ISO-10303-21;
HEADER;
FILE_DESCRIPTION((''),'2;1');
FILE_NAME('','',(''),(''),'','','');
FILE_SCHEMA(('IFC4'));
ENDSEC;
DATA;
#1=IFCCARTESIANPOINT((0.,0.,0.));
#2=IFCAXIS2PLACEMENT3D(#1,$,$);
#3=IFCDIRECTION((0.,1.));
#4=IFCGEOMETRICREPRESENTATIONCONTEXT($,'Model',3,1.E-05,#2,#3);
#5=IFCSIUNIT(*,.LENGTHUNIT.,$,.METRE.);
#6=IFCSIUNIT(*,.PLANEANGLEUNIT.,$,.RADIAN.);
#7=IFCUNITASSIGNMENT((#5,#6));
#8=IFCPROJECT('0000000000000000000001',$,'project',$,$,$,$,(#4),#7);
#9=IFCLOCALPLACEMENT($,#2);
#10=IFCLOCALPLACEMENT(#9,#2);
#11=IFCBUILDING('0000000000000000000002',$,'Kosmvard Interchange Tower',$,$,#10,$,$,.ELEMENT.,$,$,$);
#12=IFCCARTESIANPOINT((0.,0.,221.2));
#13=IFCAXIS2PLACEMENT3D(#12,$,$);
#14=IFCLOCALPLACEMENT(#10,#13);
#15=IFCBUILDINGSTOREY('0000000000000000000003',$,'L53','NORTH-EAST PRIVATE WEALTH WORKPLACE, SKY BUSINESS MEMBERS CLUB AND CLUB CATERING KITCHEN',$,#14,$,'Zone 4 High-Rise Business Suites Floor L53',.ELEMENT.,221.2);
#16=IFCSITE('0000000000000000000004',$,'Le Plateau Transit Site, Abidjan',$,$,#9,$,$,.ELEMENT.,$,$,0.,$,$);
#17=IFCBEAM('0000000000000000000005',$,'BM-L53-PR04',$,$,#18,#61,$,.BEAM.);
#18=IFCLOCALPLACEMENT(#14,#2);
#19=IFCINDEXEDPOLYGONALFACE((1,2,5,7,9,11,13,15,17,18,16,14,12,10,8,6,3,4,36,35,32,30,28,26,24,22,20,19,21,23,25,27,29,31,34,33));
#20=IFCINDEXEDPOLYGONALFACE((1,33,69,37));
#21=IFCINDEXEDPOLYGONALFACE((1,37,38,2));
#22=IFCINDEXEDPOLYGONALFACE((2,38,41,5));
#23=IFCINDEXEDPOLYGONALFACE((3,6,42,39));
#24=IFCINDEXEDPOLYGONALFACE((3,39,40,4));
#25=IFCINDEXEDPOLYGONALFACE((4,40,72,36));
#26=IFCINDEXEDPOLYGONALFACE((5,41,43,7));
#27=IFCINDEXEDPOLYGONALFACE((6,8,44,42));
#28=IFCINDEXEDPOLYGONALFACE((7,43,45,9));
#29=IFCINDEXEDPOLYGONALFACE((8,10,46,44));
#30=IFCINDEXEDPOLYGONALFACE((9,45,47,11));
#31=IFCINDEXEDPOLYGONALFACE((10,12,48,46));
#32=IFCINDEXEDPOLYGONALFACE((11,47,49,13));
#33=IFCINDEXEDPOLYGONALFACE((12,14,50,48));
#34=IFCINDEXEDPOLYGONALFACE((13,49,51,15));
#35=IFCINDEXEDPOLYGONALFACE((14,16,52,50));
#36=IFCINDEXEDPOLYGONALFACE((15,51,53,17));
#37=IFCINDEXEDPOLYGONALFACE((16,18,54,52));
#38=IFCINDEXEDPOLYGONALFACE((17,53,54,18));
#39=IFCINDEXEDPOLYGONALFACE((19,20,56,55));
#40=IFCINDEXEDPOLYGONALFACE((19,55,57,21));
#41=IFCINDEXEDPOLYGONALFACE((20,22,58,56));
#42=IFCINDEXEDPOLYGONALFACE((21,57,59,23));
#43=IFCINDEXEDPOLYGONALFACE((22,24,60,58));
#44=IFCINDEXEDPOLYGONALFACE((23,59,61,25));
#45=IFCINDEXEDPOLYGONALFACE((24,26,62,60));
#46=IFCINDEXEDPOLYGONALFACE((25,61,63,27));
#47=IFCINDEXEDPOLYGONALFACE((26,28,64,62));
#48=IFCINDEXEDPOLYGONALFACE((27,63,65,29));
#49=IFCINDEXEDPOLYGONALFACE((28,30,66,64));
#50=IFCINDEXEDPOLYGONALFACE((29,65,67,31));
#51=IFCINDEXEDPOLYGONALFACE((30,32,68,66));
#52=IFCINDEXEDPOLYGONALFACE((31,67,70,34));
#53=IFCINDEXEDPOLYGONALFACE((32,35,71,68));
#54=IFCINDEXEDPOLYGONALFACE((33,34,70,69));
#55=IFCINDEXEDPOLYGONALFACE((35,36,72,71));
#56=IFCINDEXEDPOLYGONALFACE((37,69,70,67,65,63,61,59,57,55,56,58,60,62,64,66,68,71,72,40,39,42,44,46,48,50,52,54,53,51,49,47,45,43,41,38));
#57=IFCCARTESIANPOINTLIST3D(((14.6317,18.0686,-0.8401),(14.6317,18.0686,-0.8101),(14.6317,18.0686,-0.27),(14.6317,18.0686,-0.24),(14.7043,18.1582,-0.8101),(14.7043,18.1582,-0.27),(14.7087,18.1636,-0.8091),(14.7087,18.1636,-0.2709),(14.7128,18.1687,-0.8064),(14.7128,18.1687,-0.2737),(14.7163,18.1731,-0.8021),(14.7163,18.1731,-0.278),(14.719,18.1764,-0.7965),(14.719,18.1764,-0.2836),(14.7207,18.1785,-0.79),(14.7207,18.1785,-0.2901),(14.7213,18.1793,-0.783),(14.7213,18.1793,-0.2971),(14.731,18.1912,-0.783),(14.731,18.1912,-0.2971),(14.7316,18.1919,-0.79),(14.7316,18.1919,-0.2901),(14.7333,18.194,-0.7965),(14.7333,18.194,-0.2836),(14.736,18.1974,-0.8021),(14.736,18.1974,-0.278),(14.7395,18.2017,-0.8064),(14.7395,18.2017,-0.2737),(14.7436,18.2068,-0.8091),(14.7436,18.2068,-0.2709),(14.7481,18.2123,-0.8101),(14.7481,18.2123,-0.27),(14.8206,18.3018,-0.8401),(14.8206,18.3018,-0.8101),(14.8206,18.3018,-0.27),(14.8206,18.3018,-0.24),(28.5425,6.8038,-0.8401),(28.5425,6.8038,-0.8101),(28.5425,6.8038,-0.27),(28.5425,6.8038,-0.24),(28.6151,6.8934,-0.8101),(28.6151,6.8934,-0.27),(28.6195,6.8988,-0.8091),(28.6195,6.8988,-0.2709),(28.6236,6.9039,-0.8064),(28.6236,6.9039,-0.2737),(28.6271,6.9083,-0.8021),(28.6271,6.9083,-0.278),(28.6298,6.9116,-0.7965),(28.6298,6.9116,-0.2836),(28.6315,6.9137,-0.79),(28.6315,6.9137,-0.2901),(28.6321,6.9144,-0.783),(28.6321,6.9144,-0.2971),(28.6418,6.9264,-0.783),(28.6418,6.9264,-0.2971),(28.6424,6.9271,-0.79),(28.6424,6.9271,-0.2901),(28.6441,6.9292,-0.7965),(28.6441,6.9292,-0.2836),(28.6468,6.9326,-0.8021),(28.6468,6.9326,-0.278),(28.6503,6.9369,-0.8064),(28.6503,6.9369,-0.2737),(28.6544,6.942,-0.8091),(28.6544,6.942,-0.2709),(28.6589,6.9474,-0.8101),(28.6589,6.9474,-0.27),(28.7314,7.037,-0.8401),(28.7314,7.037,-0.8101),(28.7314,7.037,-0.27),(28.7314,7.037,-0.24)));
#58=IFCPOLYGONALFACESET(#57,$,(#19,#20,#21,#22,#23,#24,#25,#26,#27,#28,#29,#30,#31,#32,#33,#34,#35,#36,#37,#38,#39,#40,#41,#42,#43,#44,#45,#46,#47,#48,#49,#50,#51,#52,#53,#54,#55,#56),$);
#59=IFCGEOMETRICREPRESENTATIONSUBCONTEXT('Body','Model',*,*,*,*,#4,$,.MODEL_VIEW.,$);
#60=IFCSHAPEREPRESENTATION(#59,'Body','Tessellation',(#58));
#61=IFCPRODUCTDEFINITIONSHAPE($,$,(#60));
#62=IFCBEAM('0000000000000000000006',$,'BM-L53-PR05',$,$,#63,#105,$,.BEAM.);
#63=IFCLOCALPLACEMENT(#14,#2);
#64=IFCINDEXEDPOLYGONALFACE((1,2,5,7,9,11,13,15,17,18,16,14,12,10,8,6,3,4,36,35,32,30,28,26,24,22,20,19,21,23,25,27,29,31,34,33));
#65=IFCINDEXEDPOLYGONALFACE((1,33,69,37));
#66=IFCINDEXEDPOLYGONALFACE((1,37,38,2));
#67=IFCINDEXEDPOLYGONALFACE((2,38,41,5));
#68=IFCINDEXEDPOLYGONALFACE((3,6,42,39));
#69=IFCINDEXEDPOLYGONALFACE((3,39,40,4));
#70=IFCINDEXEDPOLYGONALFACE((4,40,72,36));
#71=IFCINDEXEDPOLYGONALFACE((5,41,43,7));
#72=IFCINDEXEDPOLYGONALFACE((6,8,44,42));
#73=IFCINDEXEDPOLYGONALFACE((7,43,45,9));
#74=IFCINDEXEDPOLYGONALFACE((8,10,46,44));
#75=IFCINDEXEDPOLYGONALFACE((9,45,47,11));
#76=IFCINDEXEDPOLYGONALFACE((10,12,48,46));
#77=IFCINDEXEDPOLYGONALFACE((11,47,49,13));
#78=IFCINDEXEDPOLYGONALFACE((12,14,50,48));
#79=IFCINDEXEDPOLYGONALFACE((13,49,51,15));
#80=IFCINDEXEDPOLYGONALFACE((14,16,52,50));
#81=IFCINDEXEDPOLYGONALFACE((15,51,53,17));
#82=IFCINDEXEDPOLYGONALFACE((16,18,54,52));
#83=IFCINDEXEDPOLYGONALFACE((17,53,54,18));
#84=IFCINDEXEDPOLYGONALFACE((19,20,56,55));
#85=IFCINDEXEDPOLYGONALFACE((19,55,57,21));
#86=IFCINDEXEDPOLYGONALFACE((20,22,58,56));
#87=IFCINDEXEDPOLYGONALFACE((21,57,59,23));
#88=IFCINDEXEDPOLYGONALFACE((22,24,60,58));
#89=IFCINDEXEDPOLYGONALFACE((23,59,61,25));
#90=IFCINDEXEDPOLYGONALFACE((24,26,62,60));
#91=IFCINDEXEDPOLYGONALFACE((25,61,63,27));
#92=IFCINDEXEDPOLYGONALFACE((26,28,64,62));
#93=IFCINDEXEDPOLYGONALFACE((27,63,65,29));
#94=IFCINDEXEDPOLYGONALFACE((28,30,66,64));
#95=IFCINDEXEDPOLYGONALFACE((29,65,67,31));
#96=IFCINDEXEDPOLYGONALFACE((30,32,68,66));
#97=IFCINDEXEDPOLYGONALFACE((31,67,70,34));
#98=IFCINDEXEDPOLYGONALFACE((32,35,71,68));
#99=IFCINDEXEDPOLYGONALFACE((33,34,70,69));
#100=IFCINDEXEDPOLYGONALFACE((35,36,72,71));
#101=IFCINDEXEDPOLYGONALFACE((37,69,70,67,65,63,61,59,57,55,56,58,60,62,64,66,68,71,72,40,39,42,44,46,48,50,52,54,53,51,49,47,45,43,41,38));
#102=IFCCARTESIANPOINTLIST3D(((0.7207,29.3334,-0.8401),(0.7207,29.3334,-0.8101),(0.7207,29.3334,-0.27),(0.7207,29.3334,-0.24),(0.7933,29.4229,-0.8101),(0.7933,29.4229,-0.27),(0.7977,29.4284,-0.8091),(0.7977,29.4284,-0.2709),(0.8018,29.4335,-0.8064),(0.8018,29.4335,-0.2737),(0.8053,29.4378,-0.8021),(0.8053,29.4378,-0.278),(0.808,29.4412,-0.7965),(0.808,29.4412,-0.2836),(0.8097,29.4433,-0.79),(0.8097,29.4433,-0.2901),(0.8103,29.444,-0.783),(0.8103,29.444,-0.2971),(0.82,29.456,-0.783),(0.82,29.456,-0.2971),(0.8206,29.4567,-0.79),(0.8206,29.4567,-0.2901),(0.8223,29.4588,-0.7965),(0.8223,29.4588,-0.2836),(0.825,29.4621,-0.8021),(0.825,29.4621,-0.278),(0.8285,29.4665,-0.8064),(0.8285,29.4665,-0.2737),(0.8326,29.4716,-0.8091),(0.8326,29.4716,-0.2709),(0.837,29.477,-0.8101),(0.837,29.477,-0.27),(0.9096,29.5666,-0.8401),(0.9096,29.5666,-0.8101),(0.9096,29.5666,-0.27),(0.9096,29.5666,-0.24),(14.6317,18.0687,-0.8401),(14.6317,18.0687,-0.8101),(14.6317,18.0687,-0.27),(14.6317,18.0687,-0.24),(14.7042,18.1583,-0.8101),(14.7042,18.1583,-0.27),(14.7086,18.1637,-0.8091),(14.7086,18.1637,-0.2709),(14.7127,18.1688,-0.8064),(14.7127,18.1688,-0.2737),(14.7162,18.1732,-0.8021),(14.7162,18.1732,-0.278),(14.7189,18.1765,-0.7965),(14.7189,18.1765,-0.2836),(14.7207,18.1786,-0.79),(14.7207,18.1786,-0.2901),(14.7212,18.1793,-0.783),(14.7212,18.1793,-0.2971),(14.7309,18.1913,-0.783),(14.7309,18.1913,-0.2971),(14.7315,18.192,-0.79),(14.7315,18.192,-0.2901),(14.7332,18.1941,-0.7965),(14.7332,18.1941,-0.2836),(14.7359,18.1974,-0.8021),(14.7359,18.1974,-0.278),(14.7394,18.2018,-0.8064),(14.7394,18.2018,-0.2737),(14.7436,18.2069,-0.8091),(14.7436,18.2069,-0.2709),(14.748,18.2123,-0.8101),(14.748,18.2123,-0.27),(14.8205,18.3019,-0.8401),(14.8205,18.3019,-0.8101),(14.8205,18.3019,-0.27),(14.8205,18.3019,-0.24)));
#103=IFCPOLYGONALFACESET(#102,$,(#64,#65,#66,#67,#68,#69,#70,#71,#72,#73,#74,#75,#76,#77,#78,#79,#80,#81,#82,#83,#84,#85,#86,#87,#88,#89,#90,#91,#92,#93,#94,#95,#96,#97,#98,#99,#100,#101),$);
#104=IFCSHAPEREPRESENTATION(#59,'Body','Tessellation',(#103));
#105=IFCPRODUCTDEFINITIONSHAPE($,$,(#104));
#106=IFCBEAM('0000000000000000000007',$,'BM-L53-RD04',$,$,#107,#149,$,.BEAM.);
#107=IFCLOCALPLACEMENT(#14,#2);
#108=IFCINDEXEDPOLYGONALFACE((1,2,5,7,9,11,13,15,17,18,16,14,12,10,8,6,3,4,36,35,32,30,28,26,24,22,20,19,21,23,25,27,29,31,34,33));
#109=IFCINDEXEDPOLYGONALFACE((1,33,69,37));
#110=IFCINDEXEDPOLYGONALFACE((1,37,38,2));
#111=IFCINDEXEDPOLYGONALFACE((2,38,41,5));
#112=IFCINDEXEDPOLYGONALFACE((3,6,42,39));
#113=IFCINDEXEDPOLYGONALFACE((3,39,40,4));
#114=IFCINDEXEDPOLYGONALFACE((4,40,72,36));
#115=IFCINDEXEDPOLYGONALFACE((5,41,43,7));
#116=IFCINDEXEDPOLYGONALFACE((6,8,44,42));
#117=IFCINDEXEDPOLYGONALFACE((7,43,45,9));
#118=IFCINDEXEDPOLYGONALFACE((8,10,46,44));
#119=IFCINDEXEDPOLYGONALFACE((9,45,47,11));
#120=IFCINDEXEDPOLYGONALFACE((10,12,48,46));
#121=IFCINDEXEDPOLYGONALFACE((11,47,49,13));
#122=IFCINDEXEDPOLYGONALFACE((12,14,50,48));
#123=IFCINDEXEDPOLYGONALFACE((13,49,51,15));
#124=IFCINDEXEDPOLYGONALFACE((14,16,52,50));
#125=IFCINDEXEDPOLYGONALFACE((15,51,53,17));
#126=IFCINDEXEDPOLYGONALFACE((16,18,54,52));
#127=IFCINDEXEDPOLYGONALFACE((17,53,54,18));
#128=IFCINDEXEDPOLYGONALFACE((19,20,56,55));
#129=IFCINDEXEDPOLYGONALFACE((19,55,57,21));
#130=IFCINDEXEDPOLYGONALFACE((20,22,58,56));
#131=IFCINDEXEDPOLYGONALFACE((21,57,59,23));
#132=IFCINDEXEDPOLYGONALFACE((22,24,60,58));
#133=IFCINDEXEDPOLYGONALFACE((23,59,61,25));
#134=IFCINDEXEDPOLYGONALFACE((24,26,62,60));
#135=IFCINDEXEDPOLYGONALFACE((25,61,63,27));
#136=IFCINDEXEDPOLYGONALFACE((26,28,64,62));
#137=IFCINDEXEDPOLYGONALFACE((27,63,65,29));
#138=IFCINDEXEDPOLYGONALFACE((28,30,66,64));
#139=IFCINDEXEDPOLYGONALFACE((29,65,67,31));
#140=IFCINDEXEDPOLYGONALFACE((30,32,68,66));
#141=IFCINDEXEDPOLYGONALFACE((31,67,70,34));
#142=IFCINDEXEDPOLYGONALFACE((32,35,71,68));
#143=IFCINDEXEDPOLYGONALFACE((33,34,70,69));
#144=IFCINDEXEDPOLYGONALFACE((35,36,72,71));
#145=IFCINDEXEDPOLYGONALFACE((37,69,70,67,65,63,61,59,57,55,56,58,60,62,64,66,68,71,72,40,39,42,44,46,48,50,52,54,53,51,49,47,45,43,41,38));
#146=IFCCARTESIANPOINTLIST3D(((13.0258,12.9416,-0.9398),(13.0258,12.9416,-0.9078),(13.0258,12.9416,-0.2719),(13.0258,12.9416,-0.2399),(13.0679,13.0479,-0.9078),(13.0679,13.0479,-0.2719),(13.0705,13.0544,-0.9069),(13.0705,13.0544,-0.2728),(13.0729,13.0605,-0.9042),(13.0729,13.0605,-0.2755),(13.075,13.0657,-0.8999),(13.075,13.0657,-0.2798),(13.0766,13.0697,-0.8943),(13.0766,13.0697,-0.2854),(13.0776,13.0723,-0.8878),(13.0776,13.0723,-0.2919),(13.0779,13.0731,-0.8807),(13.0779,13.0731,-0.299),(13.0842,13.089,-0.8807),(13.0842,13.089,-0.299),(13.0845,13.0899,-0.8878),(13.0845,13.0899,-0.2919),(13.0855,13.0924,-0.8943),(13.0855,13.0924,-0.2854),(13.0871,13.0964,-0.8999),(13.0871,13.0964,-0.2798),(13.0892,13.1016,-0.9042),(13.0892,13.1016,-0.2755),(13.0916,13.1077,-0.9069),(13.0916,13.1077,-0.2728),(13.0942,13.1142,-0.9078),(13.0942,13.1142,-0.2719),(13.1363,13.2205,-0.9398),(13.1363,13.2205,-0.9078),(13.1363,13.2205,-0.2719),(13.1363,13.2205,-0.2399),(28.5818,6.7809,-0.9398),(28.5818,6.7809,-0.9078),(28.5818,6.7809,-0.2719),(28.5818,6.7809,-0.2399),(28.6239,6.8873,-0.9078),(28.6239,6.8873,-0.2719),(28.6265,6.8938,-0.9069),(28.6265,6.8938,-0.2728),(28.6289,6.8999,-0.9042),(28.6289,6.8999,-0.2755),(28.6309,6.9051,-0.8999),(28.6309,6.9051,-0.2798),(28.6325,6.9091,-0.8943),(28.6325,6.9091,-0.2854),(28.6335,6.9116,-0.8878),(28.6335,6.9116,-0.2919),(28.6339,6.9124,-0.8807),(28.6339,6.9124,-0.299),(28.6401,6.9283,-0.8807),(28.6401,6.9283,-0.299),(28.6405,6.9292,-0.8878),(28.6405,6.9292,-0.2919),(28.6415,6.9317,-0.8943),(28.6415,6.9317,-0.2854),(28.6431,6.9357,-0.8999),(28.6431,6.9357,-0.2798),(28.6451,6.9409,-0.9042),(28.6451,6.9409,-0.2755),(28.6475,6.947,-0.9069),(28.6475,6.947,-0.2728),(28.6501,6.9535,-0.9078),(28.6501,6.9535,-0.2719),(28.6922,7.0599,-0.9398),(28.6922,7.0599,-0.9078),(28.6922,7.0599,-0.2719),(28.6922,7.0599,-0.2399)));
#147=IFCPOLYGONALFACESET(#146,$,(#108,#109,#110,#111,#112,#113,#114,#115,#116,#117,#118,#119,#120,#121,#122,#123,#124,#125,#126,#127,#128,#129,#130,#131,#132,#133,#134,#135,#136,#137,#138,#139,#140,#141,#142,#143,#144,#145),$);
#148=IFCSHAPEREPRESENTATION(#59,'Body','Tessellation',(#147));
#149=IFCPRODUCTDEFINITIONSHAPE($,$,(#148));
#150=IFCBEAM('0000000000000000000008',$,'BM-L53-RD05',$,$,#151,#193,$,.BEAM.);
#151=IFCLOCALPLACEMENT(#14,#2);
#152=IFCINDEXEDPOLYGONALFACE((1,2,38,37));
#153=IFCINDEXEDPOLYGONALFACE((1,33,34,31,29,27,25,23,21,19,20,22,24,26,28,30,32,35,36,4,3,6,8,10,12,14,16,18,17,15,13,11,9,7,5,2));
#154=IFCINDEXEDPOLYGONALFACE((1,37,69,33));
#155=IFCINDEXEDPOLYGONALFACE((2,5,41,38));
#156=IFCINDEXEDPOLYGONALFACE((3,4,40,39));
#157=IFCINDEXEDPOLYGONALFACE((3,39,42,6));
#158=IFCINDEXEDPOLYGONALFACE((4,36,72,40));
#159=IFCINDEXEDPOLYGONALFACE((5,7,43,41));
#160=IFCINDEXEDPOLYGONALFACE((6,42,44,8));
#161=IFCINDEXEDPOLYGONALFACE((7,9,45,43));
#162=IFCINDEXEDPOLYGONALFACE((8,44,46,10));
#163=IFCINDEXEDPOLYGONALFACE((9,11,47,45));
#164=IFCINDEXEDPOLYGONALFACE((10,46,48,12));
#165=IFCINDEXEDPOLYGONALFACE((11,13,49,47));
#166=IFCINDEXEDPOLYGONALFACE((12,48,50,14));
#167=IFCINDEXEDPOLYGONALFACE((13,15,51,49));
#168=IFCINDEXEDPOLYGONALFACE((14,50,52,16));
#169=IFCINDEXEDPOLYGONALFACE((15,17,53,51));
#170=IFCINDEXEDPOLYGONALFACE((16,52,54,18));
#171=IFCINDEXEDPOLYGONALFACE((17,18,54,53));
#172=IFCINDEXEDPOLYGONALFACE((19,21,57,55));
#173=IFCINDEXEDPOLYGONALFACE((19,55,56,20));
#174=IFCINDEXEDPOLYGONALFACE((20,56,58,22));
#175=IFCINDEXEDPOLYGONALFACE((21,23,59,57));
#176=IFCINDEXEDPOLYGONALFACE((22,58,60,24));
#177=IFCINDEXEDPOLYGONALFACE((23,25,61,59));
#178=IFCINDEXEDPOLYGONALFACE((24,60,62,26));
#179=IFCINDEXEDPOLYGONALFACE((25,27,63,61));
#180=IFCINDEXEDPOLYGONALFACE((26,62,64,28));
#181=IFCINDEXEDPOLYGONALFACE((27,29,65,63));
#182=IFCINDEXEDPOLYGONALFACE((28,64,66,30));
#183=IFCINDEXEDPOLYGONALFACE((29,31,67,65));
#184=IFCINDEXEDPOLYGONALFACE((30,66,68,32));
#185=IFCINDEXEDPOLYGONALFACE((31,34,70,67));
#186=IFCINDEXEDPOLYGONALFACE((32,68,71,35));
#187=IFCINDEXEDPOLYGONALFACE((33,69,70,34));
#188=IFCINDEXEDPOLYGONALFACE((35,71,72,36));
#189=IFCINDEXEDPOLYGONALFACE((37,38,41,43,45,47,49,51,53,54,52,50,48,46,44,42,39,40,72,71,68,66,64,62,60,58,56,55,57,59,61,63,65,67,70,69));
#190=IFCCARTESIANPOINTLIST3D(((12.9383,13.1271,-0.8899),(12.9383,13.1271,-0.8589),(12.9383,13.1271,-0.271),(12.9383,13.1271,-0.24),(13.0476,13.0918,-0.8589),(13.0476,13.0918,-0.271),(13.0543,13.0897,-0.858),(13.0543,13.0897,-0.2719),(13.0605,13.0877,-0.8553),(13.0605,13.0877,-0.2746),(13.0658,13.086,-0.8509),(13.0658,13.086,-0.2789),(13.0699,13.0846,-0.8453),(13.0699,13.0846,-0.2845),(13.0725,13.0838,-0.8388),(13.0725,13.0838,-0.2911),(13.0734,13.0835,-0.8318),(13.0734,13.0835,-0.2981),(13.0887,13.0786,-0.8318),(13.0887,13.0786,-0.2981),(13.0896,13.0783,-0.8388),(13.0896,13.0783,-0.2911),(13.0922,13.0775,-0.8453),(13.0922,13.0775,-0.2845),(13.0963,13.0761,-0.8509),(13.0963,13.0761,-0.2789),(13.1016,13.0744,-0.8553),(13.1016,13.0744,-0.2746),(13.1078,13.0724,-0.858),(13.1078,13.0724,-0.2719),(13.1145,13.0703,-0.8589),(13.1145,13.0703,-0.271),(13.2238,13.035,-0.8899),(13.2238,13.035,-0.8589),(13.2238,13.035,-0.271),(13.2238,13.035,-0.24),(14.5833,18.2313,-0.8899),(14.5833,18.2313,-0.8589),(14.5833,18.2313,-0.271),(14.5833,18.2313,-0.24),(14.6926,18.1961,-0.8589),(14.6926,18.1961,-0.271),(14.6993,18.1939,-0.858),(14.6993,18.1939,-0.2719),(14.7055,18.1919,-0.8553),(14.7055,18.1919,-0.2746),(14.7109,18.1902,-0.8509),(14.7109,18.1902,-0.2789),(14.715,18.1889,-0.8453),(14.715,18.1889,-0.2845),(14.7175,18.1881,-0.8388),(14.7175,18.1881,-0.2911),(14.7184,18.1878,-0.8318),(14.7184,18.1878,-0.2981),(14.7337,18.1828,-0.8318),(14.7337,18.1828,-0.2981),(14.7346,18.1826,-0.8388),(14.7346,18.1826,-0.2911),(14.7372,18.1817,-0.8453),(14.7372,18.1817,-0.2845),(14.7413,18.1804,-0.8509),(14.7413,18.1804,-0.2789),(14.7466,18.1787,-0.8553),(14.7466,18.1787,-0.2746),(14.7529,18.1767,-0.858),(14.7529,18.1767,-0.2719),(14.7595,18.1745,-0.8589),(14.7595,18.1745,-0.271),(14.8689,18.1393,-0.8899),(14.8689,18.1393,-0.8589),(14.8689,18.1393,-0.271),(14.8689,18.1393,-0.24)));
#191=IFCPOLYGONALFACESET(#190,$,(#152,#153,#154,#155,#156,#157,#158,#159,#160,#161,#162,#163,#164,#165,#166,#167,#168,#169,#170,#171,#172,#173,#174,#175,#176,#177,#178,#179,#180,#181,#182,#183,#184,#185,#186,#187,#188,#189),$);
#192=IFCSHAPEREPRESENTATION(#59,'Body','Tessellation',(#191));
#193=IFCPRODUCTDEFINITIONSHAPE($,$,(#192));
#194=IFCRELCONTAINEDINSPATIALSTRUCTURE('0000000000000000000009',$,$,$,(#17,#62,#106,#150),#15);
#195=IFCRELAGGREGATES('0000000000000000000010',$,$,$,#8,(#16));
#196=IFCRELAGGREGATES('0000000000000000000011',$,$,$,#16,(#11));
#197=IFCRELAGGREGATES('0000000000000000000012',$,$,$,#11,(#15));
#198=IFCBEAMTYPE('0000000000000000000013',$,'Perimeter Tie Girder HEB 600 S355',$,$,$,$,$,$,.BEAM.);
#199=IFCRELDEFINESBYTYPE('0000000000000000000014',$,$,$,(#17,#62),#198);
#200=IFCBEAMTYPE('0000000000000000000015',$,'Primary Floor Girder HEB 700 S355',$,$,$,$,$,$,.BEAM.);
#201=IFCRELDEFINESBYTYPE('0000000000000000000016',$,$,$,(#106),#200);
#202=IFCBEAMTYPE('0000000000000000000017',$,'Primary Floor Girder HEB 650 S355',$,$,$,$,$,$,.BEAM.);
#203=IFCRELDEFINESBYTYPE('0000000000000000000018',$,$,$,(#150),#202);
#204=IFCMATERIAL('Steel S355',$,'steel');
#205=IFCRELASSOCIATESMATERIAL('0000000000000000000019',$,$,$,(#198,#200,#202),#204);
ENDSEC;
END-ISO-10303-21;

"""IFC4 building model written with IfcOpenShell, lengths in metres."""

from ifc_helpers import new_model, si_unit, direction, frame, origin, origin_2d, place, context, subcontext, project, spatial, i_section, extrude, source, transform, mapped, material, material_profile, profile_set, type_object, element, save


model = new_model("IFC4")

# Units and contexts
model_context = context("Model", 3, precision=1e-05, world=origin(), true_north=direction((0.0, 1.0)))
body_context = subcontext(model_context, "Body", "Model", "MODEL_VIEW")
ifc_project = project(units=[si_unit("LENGTHUNIT", "METRE"), si_unit("PLANEANGLEUNIT", "RADIAN")], contexts=[model_context])

# Site, building, storey
site_placement = place(None, origin())
site = spatial("IfcSite", under=ifc_project, at=site_placement, Name="Le Plateau Transit Site, Abidjan", CompositionType="ELEMENT", RefElevation=0.0)
building_placement = place(site_placement, origin())
building = spatial("IfcBuilding", under=site, at=building_placement, Name="Kosmvard Interchange Tower", CompositionType="ELEMENT")
storey_placement = place(building_placement, frame((0.0, 0.0, 221.2)))
storey = spatial("IfcBuildingStorey", under=building, at=storey_placement, Name="L53", Description="NORTH-EAST PRIVATE WEALTH WORKPLACE, SKY BUSINESS MEMBERS CLUB AND CLUB CATERING KITCHEN", LongName="Zone 4 High-Rise Business Suites Floor L53", CompositionType="ELEMENT", Elevation=221.2)

# Beams
ifc_material_1 = material(Name="Steel S355", Category="steel")
ifc_material_profile_1 = material_profile(ifc_material_1, i_section(OverallWidth=0.3, OverallDepth=0.6001, WebThickness=0.0154, FlangeThickness=0.03, FilletRadius=0.0271, at=origin_2d()), Name="HEB 600")
ifc_profile_set_1 = profile_set([ifc_material_profile_1], Name="Steel S355")
beam_type_1 = type_object("IfcBeamType", Name="Perimeter Tie Girder HEB 600 S355", PredefinedType="BEAM", material=ifc_profile_set_1)
shared_shape_1 = source(origin(), body_context, "Body", "SweptSolid", [
    extrude(i_section(OverallWidth=0.3, OverallDepth=0.6001, WebThickness=0.0154, FlangeThickness=0.03, FilletRadius=0.0271, at=origin_2d()), origin(), (0.0, 0.0, 1.0), 17.8999),
])
for number, where, z_axis, x_axis, name in (
    (1, (28.637, 6.9204, -0.54), (-0.777144, 0.629323, 0.0), (-0.629323, -0.777144, 0.0), "BM-L53-PR04"),
    (2, (14.7261, 18.1853, -0.54), (-0.777151, 0.629315, 0.0), (-0.629315, -0.777151, 0.0), "BM-L53-PR05"),
):
    element("IfcBeam", number, at=place(storey_placement, frame(where, z_axis=z_axis, x_axis=x_axis)), inside=storey, type_object=beam_type_1, Name=name, PredefinedType="BEAM", context=body_context, shape_type="MappedRepresentation", body=[
        mapped(shared_shape_1, transform((0.0, 0.0, 0.0), scale=1.0)),
    ])
ifc_material_profile_2 = material_profile(ifc_material_1, i_section(OverallWidth=0.3, OverallDepth=0.7, WebThickness=0.0171, FlangeThickness=0.032, FilletRadius=0.0271, at=origin_2d()), Name="HEB 700")
ifc_profile_set_2 = profile_set([ifc_material_profile_2], Name="Steel S355")
beam_type_2 = type_object("IfcBeamType", Name="Primary Floor Girder HEB 700 S355", PredefinedType="BEAM", material=ifc_profile_set_2)
shared_shape_2 = source(origin(), body_context, "Body", "SweptSolid", [
    extrude(i_section(OverallWidth=0.3, OverallDepth=0.7, WebThickness=0.0171, FlangeThickness=0.032, FilletRadius=0.0271, at=origin_2d()), origin(), (0.0, 0.0, 1.0), 16.7314),
])
beam_1_placement = place(storey_placement, frame((13.0811, 13.0811, -0.5898), z_axis=(0.929743, -0.368209, 0.0), x_axis=(0.368209, 0.929743, 0.0)))
element("IfcBeam", 3, at=beam_1_placement, inside=storey, type_object=beam_type_2, Name="BM-L53-RD04", PredefinedType="BEAM", context=body_context, shape_type="MappedRepresentation", body=[
    mapped(shared_shape_2, transform((0.0, 0.0, 0.0), scale=1.0)),
])
ifc_material_profile_3 = material_profile(ifc_material_1, i_section(OverallWidth=0.3, OverallDepth=0.6499, WebThickness=0.0161, FlangeThickness=0.031, FilletRadius=0.0271, at=origin_2d()), Name="HEB 650")
ifc_profile_set_3 = profile_set([ifc_material_profile_3], Name="Steel S355")
beam_type_3 = type_object("IfcBeamType", Name="Primary Floor Girder HEB 650 S355", PredefinedType="BEAM", material=ifc_profile_set_3)
shared_shape_3 = source(origin(), body_context, "Body", "SweptSolid", [
    extrude(i_section(OverallWidth=0.3, OverallDepth=0.6499, WebThickness=0.0161, FlangeThickness=0.031, FilletRadius=0.0271, at=origin_2d()), origin(), (0.0, 0.0, 1.0), 5.3628),
])
beam_2_placement = place(storey_placement, frame((13.0811, 13.0811, -0.5649), z_axis=(0.306747, 0.951791, 0.0), x_axis=(-0.951791, 0.306747, 0.0)))
element("IfcBeam", 4, at=beam_2_placement, inside=storey, type_object=beam_type_3, Name="BM-L53-RD05", PredefinedType="BEAM", context=body_context, shape_type="MappedRepresentation", body=[
    mapped(shared_shape_3, transform((0.0, 0.0, 0.0), scale=1.0)),
])

save(model, "model.ifc")
